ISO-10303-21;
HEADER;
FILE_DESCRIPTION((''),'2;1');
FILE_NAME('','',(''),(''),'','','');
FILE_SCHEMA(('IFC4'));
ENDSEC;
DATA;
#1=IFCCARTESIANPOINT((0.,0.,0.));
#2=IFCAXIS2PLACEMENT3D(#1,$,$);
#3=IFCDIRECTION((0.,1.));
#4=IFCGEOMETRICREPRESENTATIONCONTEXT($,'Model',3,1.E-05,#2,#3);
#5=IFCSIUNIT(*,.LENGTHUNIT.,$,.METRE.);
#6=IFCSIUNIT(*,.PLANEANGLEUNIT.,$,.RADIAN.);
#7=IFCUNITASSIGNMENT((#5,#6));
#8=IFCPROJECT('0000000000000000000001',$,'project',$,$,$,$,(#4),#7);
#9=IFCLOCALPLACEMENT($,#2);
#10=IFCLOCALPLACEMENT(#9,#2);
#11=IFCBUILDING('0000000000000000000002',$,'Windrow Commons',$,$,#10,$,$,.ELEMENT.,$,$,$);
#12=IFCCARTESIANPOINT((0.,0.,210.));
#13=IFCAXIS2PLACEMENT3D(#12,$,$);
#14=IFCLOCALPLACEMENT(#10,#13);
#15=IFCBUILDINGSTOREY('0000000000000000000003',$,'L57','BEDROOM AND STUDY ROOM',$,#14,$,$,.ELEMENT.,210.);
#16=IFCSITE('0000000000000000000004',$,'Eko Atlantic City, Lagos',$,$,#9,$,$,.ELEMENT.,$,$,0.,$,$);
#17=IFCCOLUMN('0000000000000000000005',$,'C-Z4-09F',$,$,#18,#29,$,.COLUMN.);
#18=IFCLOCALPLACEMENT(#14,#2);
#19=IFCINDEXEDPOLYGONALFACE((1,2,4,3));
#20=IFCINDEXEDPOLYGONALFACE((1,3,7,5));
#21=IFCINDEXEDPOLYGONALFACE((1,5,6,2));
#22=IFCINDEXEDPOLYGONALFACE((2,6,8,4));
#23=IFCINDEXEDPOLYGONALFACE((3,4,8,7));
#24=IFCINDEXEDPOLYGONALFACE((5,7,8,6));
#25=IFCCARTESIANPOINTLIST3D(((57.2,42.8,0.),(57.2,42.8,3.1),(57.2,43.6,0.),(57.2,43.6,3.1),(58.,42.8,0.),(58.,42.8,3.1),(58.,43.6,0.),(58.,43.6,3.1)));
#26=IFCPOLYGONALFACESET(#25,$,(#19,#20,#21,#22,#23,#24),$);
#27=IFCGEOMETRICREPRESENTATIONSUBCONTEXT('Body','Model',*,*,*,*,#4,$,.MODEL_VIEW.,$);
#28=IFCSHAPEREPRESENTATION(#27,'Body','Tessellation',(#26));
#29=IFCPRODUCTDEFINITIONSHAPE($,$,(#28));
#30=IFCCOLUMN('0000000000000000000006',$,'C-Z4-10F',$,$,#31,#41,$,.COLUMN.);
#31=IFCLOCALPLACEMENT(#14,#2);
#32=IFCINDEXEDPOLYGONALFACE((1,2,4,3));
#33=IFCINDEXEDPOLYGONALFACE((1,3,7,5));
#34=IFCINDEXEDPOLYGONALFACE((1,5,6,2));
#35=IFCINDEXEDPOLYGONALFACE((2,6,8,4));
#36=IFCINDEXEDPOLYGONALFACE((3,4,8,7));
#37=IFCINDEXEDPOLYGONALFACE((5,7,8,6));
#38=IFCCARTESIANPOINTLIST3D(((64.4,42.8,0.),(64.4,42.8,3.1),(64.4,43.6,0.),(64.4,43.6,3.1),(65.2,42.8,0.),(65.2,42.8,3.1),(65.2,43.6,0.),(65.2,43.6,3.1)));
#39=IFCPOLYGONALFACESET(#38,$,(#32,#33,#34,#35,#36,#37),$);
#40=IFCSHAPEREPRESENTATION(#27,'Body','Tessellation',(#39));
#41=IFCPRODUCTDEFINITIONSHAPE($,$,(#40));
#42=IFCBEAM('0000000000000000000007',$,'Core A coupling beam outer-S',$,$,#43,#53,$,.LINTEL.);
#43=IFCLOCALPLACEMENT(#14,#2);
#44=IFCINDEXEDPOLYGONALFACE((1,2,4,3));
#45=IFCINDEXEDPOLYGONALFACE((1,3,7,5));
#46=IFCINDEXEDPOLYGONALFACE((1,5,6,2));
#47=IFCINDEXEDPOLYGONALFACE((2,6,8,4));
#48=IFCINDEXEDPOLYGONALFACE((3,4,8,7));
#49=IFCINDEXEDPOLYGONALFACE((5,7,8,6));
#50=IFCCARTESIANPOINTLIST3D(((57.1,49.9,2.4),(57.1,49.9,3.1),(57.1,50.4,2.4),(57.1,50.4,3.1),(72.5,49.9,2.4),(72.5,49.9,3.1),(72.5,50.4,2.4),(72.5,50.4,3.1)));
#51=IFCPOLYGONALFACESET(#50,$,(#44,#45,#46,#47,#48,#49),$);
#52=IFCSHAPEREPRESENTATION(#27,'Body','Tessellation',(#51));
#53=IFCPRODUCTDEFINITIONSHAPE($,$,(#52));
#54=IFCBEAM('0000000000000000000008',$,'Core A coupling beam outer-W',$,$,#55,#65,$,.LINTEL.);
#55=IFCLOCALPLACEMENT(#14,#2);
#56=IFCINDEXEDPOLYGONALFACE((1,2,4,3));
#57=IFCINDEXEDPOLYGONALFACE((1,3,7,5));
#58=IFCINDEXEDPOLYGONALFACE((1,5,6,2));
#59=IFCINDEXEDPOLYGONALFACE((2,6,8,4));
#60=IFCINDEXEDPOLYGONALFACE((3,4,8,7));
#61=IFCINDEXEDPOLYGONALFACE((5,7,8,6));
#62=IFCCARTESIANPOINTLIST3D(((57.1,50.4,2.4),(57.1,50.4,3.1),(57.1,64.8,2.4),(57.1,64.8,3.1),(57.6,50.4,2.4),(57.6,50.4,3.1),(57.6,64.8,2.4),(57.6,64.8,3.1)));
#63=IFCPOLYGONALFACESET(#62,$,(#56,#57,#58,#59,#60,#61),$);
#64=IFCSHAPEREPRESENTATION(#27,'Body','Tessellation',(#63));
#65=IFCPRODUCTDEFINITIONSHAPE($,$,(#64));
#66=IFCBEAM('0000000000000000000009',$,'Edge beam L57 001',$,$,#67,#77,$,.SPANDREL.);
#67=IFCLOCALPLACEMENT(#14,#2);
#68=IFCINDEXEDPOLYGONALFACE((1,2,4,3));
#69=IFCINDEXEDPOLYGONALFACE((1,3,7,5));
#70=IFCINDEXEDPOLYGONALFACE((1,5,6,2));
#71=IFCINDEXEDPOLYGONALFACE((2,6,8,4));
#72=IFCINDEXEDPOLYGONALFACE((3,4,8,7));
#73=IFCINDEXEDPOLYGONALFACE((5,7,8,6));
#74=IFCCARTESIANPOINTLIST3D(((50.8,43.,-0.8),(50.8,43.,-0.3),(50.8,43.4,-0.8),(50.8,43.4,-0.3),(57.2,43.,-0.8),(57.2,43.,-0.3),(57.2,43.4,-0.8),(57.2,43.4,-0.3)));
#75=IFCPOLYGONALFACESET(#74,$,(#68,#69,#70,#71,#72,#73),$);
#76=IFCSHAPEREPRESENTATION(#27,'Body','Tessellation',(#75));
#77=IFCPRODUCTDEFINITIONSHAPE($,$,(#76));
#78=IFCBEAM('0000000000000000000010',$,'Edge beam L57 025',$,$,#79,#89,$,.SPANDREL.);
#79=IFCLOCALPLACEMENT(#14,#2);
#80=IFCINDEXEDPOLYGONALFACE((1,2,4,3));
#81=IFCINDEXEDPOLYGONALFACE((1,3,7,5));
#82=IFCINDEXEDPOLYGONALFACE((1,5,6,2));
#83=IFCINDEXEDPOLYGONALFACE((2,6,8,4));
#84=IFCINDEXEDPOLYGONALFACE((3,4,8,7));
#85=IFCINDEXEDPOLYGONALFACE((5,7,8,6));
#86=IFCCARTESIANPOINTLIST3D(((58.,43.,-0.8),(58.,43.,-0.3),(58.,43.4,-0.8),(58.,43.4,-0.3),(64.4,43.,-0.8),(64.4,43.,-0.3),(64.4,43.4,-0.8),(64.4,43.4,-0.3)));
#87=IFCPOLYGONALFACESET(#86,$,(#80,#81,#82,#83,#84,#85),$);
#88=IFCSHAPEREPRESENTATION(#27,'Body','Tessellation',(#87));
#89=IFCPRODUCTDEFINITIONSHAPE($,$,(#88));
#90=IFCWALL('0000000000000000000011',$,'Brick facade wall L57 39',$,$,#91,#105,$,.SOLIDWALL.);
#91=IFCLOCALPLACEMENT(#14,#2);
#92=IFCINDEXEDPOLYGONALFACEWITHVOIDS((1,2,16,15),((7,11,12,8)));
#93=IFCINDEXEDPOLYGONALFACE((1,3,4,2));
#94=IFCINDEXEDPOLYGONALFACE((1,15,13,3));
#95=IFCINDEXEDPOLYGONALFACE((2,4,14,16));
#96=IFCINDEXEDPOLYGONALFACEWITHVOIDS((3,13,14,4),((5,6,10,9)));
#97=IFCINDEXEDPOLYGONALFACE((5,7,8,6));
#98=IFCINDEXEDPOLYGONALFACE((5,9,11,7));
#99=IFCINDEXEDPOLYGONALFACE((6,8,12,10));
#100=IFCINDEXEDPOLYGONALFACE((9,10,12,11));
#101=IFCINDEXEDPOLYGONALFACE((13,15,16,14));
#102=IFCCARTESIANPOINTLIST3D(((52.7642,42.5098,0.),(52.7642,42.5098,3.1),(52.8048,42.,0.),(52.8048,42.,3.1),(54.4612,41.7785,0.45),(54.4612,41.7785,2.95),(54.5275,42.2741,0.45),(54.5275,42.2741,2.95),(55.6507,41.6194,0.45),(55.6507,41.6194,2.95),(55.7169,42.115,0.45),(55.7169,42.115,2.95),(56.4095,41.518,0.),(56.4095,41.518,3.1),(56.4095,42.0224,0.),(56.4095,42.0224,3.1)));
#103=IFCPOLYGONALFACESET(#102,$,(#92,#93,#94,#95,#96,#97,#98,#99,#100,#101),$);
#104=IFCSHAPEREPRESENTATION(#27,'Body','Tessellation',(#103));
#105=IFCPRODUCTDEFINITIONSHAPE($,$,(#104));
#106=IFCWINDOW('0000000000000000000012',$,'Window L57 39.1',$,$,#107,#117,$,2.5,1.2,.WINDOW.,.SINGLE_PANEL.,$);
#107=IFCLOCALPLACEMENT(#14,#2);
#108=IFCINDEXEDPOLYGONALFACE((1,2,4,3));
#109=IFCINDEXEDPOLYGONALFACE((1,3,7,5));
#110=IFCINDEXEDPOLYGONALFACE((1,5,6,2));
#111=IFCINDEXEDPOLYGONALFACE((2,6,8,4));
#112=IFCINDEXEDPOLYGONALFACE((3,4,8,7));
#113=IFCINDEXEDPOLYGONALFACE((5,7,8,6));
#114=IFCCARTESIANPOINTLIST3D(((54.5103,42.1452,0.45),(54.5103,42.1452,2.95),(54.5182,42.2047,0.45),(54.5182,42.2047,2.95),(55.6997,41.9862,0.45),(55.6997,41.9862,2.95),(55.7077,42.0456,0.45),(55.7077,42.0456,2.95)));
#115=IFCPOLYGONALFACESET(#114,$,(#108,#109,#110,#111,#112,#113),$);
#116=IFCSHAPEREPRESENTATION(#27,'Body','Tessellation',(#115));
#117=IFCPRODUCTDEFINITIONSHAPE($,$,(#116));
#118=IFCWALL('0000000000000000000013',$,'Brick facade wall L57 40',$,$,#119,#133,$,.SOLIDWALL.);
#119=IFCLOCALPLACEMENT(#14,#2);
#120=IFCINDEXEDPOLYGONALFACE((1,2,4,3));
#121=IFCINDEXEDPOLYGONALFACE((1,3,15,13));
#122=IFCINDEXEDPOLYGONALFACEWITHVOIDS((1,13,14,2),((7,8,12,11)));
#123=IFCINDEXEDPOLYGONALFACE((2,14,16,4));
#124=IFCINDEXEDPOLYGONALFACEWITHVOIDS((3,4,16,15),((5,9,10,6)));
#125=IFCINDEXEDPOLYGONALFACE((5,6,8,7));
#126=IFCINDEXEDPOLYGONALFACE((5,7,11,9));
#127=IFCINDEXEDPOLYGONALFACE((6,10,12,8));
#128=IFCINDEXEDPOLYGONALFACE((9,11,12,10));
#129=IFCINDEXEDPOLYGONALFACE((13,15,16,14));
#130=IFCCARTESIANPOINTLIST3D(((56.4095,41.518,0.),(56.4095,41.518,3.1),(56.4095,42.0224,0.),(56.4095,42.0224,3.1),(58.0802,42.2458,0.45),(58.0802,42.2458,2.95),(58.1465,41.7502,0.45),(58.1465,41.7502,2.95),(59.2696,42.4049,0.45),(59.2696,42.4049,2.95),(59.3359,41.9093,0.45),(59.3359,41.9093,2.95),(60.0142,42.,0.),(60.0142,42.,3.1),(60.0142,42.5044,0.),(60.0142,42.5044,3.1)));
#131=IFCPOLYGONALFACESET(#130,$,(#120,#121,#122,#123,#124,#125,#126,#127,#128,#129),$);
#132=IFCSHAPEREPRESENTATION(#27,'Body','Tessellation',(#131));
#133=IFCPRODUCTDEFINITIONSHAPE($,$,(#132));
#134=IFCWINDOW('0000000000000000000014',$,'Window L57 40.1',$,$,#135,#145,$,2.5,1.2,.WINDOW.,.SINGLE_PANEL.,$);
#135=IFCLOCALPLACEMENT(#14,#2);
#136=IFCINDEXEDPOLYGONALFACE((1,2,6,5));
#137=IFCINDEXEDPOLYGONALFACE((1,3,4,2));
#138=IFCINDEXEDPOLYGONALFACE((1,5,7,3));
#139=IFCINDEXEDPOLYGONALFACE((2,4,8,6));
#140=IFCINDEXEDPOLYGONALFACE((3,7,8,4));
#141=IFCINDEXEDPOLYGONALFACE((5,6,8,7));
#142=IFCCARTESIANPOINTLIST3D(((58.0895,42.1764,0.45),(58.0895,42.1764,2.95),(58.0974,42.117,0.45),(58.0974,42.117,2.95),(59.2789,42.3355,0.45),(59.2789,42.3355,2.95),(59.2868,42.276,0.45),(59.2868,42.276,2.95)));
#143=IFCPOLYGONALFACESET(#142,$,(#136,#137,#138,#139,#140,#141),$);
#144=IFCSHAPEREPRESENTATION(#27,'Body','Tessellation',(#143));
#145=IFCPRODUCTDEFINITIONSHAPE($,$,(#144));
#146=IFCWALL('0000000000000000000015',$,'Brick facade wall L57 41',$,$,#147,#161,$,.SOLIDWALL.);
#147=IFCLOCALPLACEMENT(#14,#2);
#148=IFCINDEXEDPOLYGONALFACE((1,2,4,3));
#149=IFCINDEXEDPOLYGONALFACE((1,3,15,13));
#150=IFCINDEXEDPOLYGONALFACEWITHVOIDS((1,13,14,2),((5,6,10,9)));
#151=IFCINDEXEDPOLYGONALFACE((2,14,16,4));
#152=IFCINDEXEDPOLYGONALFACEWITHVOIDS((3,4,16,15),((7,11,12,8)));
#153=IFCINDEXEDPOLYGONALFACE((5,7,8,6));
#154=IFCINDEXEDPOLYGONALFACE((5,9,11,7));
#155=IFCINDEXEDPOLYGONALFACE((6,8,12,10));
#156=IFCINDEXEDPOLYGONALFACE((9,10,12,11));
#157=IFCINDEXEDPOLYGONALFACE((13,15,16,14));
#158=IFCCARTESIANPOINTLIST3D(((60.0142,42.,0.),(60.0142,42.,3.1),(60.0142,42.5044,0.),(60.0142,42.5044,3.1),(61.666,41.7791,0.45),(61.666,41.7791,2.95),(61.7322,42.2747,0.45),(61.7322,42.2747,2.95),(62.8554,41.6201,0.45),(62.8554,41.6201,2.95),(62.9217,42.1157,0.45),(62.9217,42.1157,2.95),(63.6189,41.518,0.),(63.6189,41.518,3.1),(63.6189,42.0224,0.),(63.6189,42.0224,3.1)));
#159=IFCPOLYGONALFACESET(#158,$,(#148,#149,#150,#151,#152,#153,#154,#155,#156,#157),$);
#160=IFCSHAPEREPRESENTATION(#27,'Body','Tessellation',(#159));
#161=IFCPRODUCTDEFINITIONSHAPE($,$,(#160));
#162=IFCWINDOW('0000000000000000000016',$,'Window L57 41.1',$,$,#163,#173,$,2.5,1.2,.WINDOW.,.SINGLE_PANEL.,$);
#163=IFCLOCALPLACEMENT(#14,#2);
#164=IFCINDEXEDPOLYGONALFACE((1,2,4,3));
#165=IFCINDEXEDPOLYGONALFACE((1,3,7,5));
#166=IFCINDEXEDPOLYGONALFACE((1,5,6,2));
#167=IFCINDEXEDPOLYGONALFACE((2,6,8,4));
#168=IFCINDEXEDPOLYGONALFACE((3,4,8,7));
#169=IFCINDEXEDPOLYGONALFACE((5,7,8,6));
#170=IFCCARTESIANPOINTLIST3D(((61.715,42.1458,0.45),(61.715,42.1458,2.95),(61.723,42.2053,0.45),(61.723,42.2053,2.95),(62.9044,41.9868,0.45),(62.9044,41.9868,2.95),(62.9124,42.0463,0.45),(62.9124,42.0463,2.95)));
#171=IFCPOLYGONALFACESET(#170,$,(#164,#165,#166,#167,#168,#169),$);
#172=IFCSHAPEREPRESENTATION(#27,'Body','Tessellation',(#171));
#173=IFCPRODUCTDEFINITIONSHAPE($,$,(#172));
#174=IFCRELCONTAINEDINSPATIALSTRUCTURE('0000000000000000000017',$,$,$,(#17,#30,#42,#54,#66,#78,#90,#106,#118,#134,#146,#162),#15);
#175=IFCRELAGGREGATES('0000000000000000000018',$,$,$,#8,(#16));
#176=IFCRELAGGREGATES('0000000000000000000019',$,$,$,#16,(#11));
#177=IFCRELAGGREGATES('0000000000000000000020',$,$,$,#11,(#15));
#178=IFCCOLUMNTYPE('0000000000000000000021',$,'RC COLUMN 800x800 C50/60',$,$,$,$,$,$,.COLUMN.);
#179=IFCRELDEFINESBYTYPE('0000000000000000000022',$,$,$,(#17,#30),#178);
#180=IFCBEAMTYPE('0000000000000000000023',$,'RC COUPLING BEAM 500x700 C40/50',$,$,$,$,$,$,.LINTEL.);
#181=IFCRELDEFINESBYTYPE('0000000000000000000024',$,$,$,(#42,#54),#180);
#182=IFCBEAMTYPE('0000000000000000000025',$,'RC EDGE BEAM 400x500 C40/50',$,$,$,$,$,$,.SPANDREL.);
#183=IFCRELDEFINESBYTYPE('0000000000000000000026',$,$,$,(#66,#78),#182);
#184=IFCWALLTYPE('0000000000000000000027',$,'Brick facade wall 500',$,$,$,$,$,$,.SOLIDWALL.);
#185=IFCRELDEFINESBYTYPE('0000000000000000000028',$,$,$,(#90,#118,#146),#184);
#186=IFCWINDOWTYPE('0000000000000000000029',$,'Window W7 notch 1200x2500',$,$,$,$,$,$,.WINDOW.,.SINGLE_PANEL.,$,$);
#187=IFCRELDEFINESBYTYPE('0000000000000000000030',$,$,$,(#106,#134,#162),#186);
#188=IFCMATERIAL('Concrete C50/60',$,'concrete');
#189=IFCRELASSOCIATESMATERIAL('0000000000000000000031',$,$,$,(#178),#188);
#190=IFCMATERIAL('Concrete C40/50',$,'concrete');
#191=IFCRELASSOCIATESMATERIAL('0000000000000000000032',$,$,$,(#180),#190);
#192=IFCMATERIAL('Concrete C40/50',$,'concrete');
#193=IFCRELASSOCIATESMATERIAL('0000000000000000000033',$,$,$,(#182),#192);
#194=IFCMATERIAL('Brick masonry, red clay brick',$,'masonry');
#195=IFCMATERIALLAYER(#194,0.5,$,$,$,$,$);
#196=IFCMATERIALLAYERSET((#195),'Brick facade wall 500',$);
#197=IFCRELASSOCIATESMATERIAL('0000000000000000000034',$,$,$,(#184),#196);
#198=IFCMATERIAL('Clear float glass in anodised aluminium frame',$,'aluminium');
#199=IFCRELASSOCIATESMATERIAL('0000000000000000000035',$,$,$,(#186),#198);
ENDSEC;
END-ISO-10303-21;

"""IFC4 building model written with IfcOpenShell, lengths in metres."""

from ifc_helpers import new_model, si_unit, direction, frame, frame_2d, origin, origin_2d, place, context, subcontext, project, spatial, polyline, rectangle, outline, extrude, material, layer, layer_set, material_profile, profile_set, type_object, element, fill, save


model = new_model("IFC4")

# Units and contexts
model_context = context("Model", 3, precision=1e-05, world=origin(), true_north=direction((0.0, 1.0)))
body_context = subcontext(model_context, "Body", "Model", "MODEL_VIEW")
ifc_project = project(units=[si_unit("LENGTHUNIT", "METRE"), si_unit("PLANEANGLEUNIT", "RADIAN")], contexts=[model_context])

# Site, building, storey
site_placement = place(None, origin())
site = spatial("IfcSite", under=ifc_project, at=site_placement, Name="Eko Atlantic City, Lagos", CompositionType="ELEMENT", RefElevation=0.0)
building_placement = place(site_placement, origin())
building = spatial("IfcBuilding", under=site, at=building_placement, Name="Windrow Commons", CompositionType="ELEMENT")
storey_placement = place(building_placement, frame((0.0, 0.0, 210.0)))
storey = spatial("IfcBuildingStorey", under=building, at=storey_placement, Name="L57", Description="BEDROOM AND STUDY ROOM", CompositionType="ELEMENT", Elevation=210.0)

# Columns
ifc_material_1 = material(Name="Concrete C50/60", Category="concrete")
ifc_material_profile_1 = material_profile(ifc_material_1, rectangle(XDim=0.8, YDim=0.8, at=origin_2d()))
ifc_profile_set_1 = profile_set([ifc_material_profile_1], Name="Concrete C50/60")
column_type = type_object("IfcColumnType", Name="RC COLUMN 800x800 C50/60", PredefinedType="COLUMN", material=ifc_profile_set_1)
for number, where, z_axis, x_axis, name in (
    (1, (57.6, 43.2, 0.0), (0.0, 0.0, 1.0), (1.0, 0.0, 0.0), "C-Z4-09F"),
    (2, (64.8, 43.2, 0.0), (0.0, 0.0, 1.0), (1.0, 0.0, 0.0), "C-Z4-10F"),
):
    element("IfcColumn", number, at=place(storey_placement, frame(where, z_axis=z_axis, x_axis=x_axis)), inside=storey, type_object=column_type, Name=name, PredefinedType="COLUMN", context=body_context, shape_type="SweptSolid", body=[
        extrude(rectangle(XDim=0.8, YDim=0.8, at=origin_2d()), origin(), (0.0, 0.0, 1.0), 3.1),
    ])

# Beams
ifc_material_2 = material(Name="Concrete C40/50", Category="concrete")
ifc_material_profile_2 = material_profile(ifc_material_2, rectangle(XDim=0.5, YDim=0.7, at=origin_2d()))
ifc_profile_set_2 = profile_set([ifc_material_profile_2], Name="Concrete C40/50")
beam_type_1 = type_object("IfcBeamType", Name="RC COUPLING BEAM 500x700 C40/50", PredefinedType="LINTEL", material=ifc_profile_set_2)
beam_1_placement = place(storey_placement, frame((57.1, 50.15, 2.75), z_axis=(1.0, 0.0, 0.0), x_axis=(0.0, 1.0, 0.0)))
element("IfcBeam", 3, at=beam_1_placement, inside=storey, type_object=beam_type_1, Name="Core A coupling beam outer-S", PredefinedType="LINTEL", context=body_context, shape_type="SweptSolid", body=[
    extrude(rectangle(XDim=0.5, YDim=0.7, at=origin_2d()), origin(), (0.0, 0.0, 1.0), 15.4),
])
beam_2_placement = place(storey_placement, frame((57.35, 50.4, 2.75), z_axis=(0.0, 1.0, 0.0), x_axis=(-1.0, 0.0, 0.0)))
element("IfcBeam", 4, at=beam_2_placement, inside=storey, type_object=beam_type_1, Name="Core A coupling beam outer-W", PredefinedType="LINTEL", context=body_context, shape_type="SweptSolid", body=[
    extrude(rectangle(XDim=0.5, YDim=0.7, at=origin_2d()), origin(), (0.0, 0.0, 1.0), 14.4),
])
ifc_material_3 = material(Name="Concrete C40/50", Category="concrete")
ifc_material_profile_3 = material_profile(ifc_material_3, rectangle(XDim=0.4, YDim=0.5, at=origin_2d()))
ifc_profile_set_3 = profile_set([ifc_material_profile_3], Name="Concrete C40/50")
beam_type_2 = type_object("IfcBeamType", Name="RC EDGE BEAM 400x500 C40/50", PredefinedType="SPANDREL", material=ifc_profile_set_3)
for number, where, z_axis, x_axis, name in (
    (5, (57.2, 43.2, -0.55), (-1.0, 0.0, 0.0), (0.0, -1.0, 0.0), "Edge beam L57 001"),
    (6, (64.4, 43.2, -0.55), (-1.0, 0.0, 0.0), (0.0, -1.0, 0.0), "Edge beam L57 025"),
):
    element("IfcBeam", number, at=place(storey_placement, frame(where, z_axis=z_axis, x_axis=x_axis)), inside=storey, type_object=beam_type_2, Name=name, PredefinedType="SPANDREL", context=body_context, shape_type="SweptSolid", body=[
        extrude(rectangle(XDim=0.4, YDim=0.5, at=origin_2d()), origin(), (0.0, 0.0, 1.0), 6.4),
    ])

# Walls, openings, windows
ifc_material_4 = material(Name="Brick masonry, red clay brick", Category="masonry")
ifc_layer_1 = layer(ifc_material_4, 0.5)
ifc_layer_set_1 = layer_set([ifc_layer_1], Name="Brick facade wall 500")
wall_type_1 = type_object("IfcWallType", Name="Brick facade wall 500", PredefinedType="SOLIDWALL", material=ifc_layer_set_1)
wall_1_placement = place(storey_placement, frame((52.7845, 42.2549, 0.0), z_axis=(0.0, 0.0, 1.0), x_axis=(0.991179, -0.132531, 0.0)))
wall_1 = element("IfcWall", 7, at=wall_1_placement, inside=storey, type_object=wall_type_1, Name="Brick facade wall L57 39", PredefinedType="SOLIDWALL", context=body_context, shape_type="SweptSolid", body=[
    extrude(outline(polyline([(0.0539, -0.25), (3.6907, -0.25), (3.6238, 0.25), (-0.0539, 0.25), (0.0539, -0.25)])), origin(), (0.0, 0.0, 1.0), 3.1),
])
opening_1_placement = place(wall_1_placement, frame((1.7251, 0.0, 0.45)))
opening_1 = element("IfcOpeningElement", 8, at=opening_1_placement, cuts=wall_1, PredefinedType="OPENING", context=body_context, shape_type="SweptSolid", body=[
    extrude(rectangle(XDim=1.2, YDim=2.5, at=frame_2d((0.6, 1.25))), frame((0.0, 0.26, 0.0), z_axis=(0.0, -1.0, 0.0), x_axis=(1.0, 0.0, 0.0)), (0.0, 0.0, 1.0), 0.52),
])
ifc_material_5 = material(Name="Clear float glass in anodised aluminium frame", Category="aluminium")
window_type = type_object("IfcWindowType", Name="Window W7 notch 1200x2500", PartitioningType="SINGLE_PANEL", PredefinedType="WINDOW", material=ifc_material_5)
window_1_placement = place(opening_1_placement, origin())
window_1 = element("IfcWindow", 9, at=window_1_placement, inside=storey, type_object=window_type, Name="Window L57 39.1", OverallHeight=2.5, OverallWidth=1.2, PartitioningType="SINGLE_PANEL", PredefinedType="WINDOW", context=body_context, shape_type="SweptSolid", body=[
    extrude(rectangle(XDim=1.2, YDim=2.5, at=frame_2d((0.6, 1.25))), frame((0.0, 0.18, 0.0), z_axis=(0.0, -1.0, 0.0), x_axis=(1.0, 0.0, 0.0)), (0.0, 0.0, 1.0), 0.06),
])
fill(opening_1, window_1)
wall_2_placement = place(storey_placement, frame((56.4095, 41.7702, 0.0), z_axis=(0.0, 0.0, 1.0), x_axis=(0.991178, 0.132535, 0.0)))
wall_2 = element("IfcWall", 10, at=wall_2_placement, inside=storey, type_object=wall_type_1, Name="Brick facade wall L57 40", PredefinedType="SOLIDWALL", context=body_context, shape_type="SweptSolid", body=[
    extrude(outline(polyline([(-0.0334, -0.25), (3.6034, -0.25), (3.6702, 0.25), (0.0334, 0.25), (-0.0334, -0.25)])), origin(), (0.0, 0.0, 1.0), 3.1),
])
opening_2_placement = place(wall_2_placement, frame((1.719, 0.0, 0.45)))
opening_2 = element("IfcOpeningElement", 11, at=opening_2_placement, cuts=wall_2, PredefinedType="OPENING", context=body_context, shape_type="SweptSolid", body=[
    extrude(rectangle(XDim=1.2, YDim=2.5, at=frame_2d((0.6, 1.25))), frame((0.0, 0.26, 0.0), z_axis=(0.0, -1.0, 0.0), x_axis=(1.0, 0.0, 0.0)), (0.0, 0.0, 1.0), 0.52),
])
window_2_placement = place(opening_2_placement, origin())
window_2 = element("IfcWindow", 12, at=window_2_placement, inside=storey, type_object=window_type, Name="Window L57 40.1", OverallHeight=2.5, OverallWidth=1.2, PartitioningType="SINGLE_PANEL", PredefinedType="WINDOW", context=body_context, shape_type="SweptSolid", body=[
    extrude(rectangle(XDim=1.2, YDim=2.5, at=frame_2d((0.6, 1.25))), frame((0.0, 0.18, 0.0), z_axis=(0.0, -1.0, 0.0), x_axis=(1.0, 0.0, 0.0)), (0.0, 0.0, 1.0), 0.06),
])
fill(opening_2, window_2)
wall_3_placement = place(storey_placement, frame((60.0142, 42.2522, 0.0), z_axis=(0.0, 0.0, 1.0), x_axis=(0.991178, -0.132535, 0.0)))
wall_3 = element("IfcWall", 13, at=wall_3_placement, inside=storey, type_object=wall_type_1, Name="Brick facade wall L57 41", PredefinedType="SOLIDWALL", context=body_context, shape_type="SweptSolid", body=[
    extrude(outline(polyline([(0.0334, -0.25), (3.6702, -0.25), (3.6034, 0.25), (-0.0334, 0.25), (0.0334, -0.25)])), origin(), (0.0, 0.0, 1.0), 3.1),
])
opening_3_placement = place(wall_3_placement, frame((1.6999, 0.0, 0.45)))
opening_3 = element("IfcOpeningElement", 14, at=opening_3_placement, cuts=wall_3, PredefinedType="OPENING", context=body_context, shape_type="SweptSolid", body=[
    extrude(rectangle(XDim=1.2, YDim=2.5, at=frame_2d((0.6, 1.25))), frame((0.0, 0.26, 0.0), z_axis=(0.0, -1.0, 0.0), x_axis=(1.0, 0.0, 0.0)), (0.0, 0.0, 1.0), 0.52),
])
window_3_placement = place(opening_3_placement, origin())
window_3 = element("IfcWindow", 15, at=window_3_placement, inside=storey, type_object=window_type, Name="Window L57 41.1", OverallHeight=2.5, OverallWidth=1.2, PartitioningType="SINGLE_PANEL", PredefinedType="WINDOW", context=body_context, shape_type="SweptSolid", body=[
    extrude(rectangle(XDim=1.2, YDim=2.5, at=frame_2d((0.6, 1.25))), frame((0.0, 0.18, 0.0), z_axis=(0.0, -1.0, 0.0), x_axis=(1.0, 0.0, 0.0)), (0.0, 0.0, 1.0), 0.06),
])
fill(opening_3, window_3)

save(model, "model.ifc")
